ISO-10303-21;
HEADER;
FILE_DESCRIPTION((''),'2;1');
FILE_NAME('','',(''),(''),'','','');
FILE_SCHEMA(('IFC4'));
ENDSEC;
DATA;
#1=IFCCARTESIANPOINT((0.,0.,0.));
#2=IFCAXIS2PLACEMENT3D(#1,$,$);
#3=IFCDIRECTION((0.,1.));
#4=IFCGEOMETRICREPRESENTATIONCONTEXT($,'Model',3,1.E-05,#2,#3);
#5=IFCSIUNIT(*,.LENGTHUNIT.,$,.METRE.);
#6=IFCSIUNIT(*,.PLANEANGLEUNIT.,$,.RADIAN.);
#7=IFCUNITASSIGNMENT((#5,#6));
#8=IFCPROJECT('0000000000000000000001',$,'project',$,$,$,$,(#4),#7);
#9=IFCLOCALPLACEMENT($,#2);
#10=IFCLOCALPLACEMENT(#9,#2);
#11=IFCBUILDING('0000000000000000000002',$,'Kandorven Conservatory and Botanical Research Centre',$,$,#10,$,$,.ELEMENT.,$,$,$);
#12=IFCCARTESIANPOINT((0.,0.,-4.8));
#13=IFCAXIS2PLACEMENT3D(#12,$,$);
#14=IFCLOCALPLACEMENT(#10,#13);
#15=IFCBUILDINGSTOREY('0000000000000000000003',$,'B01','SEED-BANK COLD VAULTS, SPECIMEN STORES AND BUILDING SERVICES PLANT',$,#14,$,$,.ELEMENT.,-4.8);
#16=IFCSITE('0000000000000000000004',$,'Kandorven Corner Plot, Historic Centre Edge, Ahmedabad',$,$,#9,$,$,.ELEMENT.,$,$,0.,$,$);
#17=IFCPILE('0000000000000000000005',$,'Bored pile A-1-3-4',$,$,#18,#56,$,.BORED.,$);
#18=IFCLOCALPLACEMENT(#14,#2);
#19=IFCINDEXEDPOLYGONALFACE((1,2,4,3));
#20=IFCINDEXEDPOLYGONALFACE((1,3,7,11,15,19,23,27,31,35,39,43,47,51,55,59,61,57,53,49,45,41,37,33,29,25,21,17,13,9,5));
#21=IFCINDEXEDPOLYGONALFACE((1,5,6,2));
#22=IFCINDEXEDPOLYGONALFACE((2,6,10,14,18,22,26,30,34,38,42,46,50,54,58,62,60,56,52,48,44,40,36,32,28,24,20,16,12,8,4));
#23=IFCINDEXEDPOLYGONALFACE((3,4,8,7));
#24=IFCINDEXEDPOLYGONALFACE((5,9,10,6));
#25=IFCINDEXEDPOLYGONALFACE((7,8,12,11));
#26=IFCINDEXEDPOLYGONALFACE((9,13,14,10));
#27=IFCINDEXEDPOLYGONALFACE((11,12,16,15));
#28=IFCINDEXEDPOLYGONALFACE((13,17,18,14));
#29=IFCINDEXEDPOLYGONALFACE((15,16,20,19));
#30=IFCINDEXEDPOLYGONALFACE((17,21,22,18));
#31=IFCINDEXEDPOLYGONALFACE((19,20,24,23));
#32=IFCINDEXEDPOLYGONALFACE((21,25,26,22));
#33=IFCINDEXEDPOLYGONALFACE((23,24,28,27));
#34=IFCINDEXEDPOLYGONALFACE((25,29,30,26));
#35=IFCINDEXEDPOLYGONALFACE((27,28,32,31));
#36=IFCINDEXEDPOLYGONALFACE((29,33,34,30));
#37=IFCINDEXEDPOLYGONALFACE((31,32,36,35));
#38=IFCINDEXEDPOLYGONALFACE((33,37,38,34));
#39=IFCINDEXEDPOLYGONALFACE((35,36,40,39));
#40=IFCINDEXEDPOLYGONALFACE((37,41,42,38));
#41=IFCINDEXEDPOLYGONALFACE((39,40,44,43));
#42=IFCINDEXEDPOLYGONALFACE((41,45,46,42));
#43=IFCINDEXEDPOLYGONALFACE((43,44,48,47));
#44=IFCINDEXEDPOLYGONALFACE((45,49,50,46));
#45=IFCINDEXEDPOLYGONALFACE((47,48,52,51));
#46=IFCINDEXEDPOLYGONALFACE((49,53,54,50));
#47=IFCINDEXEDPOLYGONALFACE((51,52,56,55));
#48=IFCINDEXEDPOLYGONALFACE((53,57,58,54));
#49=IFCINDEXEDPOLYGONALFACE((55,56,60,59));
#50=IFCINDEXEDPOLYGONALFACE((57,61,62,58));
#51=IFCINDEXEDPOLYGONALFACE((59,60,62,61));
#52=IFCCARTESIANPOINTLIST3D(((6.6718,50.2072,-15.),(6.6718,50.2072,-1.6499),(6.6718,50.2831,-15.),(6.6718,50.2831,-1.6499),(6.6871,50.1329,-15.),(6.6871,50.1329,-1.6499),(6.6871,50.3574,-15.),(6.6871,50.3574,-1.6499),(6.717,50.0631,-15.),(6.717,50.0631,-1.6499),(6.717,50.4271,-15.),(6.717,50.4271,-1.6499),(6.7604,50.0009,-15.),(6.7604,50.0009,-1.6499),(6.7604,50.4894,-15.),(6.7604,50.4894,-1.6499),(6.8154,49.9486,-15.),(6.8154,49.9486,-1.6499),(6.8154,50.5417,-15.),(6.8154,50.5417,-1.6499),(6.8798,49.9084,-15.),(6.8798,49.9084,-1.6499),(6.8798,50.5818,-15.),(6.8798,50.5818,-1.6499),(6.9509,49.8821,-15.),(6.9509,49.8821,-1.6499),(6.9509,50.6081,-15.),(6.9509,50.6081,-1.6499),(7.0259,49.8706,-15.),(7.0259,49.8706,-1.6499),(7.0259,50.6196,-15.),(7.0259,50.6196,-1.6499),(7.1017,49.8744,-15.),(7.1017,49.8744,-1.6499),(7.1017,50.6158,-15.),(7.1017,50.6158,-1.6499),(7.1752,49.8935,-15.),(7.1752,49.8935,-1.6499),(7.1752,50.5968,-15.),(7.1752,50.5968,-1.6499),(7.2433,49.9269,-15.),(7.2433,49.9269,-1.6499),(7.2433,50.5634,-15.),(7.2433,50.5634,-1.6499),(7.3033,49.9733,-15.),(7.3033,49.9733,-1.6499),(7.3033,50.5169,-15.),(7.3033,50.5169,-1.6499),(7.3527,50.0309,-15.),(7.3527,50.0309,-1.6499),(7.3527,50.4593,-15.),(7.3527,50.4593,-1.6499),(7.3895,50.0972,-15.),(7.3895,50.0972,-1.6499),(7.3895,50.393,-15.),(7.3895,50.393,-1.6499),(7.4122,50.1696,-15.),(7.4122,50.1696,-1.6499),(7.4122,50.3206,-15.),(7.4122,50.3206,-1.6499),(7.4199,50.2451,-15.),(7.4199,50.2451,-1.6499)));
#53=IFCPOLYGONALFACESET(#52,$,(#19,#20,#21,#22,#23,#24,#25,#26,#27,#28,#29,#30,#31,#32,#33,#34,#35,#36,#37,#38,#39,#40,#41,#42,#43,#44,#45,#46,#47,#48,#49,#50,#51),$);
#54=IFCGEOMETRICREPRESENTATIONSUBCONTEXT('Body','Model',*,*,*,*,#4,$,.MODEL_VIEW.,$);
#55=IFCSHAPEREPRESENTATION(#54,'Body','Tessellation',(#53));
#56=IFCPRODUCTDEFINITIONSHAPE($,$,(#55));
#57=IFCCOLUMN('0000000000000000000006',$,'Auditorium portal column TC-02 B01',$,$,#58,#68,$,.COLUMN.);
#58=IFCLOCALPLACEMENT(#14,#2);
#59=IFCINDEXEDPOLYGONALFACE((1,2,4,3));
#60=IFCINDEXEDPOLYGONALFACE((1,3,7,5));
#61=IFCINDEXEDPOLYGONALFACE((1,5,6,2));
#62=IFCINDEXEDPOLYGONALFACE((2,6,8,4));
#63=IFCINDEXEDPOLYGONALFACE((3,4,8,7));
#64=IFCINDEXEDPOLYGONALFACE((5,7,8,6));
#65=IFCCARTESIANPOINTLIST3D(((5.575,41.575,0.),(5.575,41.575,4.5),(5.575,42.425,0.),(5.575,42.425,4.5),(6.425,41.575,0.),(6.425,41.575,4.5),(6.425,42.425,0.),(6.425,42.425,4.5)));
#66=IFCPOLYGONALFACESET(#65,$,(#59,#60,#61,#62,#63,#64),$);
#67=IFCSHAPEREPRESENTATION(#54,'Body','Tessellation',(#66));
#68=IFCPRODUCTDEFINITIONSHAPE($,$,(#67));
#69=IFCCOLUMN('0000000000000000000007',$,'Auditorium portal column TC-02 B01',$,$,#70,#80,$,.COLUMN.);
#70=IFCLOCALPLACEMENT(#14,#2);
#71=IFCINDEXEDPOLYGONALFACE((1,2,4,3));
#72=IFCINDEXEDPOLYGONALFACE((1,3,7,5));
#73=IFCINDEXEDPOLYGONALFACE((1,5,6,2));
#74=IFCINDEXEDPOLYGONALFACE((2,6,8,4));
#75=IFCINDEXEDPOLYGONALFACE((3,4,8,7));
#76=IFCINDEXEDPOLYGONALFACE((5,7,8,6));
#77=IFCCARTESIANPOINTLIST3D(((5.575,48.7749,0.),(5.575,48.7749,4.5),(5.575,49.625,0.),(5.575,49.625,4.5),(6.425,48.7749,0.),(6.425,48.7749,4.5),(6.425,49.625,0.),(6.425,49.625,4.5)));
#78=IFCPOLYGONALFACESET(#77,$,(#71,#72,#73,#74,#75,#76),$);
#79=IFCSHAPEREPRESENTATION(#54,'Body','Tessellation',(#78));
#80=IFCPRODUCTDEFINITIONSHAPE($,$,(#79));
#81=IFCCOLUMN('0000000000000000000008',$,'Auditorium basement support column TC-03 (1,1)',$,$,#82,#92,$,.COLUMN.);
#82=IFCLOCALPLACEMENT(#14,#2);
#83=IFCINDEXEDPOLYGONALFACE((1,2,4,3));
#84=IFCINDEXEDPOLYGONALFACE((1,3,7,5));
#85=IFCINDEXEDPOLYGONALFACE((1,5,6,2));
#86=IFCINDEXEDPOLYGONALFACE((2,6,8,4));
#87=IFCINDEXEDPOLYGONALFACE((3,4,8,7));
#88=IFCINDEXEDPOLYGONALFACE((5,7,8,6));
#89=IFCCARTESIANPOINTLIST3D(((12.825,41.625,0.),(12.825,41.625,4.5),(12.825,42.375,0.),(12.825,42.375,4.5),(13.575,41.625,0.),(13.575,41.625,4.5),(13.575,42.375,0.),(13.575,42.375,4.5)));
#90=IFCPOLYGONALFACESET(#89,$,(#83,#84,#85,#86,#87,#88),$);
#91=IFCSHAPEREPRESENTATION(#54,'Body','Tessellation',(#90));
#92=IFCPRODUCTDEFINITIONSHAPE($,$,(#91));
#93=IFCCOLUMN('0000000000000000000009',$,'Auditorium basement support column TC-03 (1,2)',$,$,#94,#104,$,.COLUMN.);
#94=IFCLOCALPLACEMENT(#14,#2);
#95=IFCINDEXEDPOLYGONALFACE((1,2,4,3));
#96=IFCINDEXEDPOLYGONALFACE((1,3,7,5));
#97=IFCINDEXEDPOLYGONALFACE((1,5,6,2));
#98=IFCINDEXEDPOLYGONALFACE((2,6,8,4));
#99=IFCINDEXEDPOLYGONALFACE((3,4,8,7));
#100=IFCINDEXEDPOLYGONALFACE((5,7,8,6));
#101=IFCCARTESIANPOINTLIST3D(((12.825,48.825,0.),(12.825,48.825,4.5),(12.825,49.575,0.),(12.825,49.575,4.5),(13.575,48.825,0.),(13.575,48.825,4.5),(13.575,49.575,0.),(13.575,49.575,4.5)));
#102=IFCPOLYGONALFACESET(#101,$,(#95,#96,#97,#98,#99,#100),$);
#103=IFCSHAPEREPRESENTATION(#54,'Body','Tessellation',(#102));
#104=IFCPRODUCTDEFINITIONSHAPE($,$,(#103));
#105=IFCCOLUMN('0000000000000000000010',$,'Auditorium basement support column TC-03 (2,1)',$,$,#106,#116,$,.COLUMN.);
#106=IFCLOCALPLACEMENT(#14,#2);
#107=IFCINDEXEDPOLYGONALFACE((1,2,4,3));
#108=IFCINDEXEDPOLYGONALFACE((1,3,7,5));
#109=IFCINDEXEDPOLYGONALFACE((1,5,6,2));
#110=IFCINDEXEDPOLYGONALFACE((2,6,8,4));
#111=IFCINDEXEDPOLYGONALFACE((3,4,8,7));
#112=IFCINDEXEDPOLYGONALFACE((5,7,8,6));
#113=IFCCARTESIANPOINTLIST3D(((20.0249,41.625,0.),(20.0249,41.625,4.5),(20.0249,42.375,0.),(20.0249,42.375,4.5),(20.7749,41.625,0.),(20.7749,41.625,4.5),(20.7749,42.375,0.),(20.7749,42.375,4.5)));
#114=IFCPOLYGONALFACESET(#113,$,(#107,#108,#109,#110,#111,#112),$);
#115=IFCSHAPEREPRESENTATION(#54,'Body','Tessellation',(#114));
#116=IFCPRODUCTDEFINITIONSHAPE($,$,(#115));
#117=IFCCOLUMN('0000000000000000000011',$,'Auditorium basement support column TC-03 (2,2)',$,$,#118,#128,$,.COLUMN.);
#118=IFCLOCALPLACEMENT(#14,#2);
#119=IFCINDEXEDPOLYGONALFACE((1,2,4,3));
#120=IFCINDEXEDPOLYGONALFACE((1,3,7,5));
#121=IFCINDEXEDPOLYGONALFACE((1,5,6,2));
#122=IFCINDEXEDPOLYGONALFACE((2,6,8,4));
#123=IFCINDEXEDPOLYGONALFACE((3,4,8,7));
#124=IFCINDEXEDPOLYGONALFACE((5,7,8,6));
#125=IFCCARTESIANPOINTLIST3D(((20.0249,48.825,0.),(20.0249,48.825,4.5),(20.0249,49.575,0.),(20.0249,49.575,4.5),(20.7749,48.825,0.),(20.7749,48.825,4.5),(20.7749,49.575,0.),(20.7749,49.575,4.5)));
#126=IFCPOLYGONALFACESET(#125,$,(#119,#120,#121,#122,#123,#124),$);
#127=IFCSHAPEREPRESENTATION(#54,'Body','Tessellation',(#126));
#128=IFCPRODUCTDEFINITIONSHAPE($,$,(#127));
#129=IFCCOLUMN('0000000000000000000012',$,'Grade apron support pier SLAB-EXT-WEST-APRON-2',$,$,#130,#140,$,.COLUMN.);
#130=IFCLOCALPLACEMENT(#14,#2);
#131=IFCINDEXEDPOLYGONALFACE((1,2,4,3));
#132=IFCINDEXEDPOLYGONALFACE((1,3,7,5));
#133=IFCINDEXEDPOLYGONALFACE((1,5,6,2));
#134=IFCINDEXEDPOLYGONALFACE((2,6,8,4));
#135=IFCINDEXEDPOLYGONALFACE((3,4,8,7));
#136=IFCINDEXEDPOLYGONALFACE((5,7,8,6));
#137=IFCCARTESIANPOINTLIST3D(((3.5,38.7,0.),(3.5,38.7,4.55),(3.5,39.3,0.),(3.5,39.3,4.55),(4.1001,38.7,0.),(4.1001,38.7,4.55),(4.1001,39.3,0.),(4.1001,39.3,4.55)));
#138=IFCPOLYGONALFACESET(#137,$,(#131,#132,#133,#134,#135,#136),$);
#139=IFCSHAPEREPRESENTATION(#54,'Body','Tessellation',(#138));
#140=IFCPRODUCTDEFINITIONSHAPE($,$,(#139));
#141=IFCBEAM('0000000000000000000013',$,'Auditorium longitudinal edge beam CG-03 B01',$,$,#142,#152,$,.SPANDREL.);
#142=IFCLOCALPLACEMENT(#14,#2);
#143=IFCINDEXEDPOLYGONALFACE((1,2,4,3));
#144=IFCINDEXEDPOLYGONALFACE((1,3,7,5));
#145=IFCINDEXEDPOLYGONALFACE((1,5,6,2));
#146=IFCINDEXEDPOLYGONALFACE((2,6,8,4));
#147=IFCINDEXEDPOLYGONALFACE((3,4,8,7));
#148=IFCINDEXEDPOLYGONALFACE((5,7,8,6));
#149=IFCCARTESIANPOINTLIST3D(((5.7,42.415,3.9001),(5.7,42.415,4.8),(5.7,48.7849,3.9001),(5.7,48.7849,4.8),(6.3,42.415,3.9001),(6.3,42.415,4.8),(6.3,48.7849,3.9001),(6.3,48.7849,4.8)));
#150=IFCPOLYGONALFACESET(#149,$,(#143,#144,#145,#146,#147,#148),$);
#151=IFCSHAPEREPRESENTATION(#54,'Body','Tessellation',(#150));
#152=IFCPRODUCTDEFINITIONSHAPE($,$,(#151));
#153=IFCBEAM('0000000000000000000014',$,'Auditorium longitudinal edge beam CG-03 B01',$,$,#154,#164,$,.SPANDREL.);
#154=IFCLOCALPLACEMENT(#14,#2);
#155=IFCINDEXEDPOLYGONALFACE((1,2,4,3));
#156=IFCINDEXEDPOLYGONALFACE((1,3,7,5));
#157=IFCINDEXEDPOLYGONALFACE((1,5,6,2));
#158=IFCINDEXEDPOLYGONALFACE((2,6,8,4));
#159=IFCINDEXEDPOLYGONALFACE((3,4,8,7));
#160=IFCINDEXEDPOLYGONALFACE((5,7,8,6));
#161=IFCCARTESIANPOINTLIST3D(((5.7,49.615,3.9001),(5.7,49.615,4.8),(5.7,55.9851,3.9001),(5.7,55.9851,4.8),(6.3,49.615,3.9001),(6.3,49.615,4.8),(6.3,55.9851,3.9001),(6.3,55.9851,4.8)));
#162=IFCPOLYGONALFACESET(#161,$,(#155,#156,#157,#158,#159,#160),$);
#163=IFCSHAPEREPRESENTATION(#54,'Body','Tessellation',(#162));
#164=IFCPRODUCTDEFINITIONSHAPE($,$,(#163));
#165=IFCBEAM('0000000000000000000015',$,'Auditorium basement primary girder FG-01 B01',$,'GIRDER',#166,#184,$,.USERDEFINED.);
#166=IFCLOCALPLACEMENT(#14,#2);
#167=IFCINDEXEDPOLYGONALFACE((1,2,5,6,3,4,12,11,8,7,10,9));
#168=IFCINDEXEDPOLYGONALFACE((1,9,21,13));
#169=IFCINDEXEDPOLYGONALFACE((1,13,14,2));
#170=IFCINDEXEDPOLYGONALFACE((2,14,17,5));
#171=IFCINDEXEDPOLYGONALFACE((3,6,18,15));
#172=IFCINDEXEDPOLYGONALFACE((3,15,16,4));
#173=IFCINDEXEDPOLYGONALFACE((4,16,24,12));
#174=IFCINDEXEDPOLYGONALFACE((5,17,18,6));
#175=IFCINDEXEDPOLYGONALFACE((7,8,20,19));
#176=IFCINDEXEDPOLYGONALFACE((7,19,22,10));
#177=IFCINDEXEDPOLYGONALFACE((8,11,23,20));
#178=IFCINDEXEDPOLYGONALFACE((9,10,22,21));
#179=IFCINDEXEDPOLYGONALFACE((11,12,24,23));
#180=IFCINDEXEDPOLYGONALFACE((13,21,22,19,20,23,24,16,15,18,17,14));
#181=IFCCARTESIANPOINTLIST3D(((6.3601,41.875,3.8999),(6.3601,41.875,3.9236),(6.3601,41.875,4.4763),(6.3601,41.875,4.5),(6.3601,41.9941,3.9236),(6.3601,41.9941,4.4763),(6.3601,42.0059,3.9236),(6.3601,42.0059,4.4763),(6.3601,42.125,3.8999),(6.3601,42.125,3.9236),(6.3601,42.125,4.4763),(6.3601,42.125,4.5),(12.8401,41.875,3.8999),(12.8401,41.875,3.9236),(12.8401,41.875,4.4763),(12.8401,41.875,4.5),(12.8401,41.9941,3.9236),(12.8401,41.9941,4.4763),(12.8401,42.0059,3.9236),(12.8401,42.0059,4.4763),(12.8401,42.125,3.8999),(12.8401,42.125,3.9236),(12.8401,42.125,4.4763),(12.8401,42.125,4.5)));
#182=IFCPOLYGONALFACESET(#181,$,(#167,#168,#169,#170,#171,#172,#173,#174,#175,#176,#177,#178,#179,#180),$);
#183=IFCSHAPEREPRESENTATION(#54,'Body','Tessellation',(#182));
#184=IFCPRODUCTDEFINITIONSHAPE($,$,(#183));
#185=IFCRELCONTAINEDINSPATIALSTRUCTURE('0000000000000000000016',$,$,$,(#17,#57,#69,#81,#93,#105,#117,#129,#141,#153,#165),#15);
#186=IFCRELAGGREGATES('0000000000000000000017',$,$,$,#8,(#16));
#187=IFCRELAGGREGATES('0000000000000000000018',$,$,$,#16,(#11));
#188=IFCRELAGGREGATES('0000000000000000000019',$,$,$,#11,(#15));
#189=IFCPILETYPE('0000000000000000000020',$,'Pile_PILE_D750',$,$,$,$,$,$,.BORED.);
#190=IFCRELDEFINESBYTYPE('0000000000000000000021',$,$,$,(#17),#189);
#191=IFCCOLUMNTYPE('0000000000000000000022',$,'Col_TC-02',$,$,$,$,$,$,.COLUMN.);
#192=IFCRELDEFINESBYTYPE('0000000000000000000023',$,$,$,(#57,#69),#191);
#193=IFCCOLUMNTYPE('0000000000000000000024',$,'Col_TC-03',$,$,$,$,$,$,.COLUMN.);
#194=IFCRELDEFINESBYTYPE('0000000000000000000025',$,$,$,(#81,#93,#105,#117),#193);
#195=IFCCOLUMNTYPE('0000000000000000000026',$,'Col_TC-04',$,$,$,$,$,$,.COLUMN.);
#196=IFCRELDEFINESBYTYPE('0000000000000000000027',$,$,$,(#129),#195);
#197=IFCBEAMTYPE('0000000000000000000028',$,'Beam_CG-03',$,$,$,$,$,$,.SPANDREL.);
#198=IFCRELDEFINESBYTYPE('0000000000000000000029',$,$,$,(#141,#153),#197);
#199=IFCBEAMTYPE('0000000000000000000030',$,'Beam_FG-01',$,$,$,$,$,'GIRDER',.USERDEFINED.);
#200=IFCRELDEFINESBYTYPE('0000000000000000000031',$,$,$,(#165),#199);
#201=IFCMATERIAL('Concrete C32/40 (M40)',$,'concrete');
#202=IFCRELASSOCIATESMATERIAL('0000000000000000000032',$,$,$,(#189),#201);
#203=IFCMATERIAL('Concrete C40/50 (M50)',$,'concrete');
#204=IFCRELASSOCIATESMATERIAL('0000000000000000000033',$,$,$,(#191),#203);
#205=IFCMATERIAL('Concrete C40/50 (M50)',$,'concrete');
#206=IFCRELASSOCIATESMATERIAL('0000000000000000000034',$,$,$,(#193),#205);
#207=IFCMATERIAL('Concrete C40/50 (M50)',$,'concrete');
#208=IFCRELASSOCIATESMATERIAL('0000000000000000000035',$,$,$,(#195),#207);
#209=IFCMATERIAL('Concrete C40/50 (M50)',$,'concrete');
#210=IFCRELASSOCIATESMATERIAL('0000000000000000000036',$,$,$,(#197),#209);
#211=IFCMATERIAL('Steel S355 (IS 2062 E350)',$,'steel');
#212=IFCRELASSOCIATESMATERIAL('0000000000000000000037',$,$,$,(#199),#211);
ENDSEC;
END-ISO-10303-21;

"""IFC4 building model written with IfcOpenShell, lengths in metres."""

from ifc_helpers import new_model, si_unit, direction, frame, origin, origin_2d, place, context, subcontext, project, spatial, rectangle, circle, i_section, extrude, material, material_profile, profile_set, type_object, element, save


model = new_model("IFC4")

# Units and contexts
model_context = context("Model", 3, precision=1e-05, world=origin(), true_north=direction((0.0, 1.0)))
body_context = subcontext(model_context, "Body", "Model", "MODEL_VIEW")
ifc_project = project(units=[si_unit("LENGTHUNIT", "METRE"), si_unit("PLANEANGLEUNIT", "RADIAN")], contexts=[model_context])

# Site, building, storey
site_placement = place(None, origin())
site = spatial("IfcSite", under=ifc_project, at=site_placement, Name="Kandorven Corner Plot, Historic Centre Edge, Ahmedabad", CompositionType="ELEMENT", RefElevation=0.0)
building_placement = place(site_placement, origin())
building = spatial("IfcBuilding", under=site, at=building_placement, Name="Kandorven Conservatory and Botanical Research Centre", CompositionType="ELEMENT")
storey_placement = place(building_placement, frame((0.0, 0.0, -4.8)))
storey = spatial("IfcBuildingStorey", under=building, at=storey_placement, Name="B01", Description="SEED-BANK COLD VAULTS, SPECIMEN STORES AND BUILDING SERVICES PLANT", CompositionType="ELEMENT", Elevation=-4.8)

# Pile
ifc_material_1 = material(Name="Concrete C32/40 (M40)", Category="concrete")
ifc_material_profile_1 = material_profile(ifc_material_1, circle(Radius=0.375, at=origin_2d()))
ifc_profile_set_1 = profile_set([ifc_material_profile_1], Name="Concrete C32/40 (M40)")
pile_type = type_object("IfcPileType", Name="Pile_PILE_D750", PredefinedType="BORED", material=ifc_profile_set_1)
for number, where, z_axis, x_axis, name in (
    (1, (7.0449, 50.2451, -1.6499), (0.0, 0.0, -1.0), (1.0, 0.0, 0.0), "Bored pile A-1-3-4"),
):
    element("IfcPile", number, at=place(storey_placement, frame(where, z_axis=z_axis, x_axis=x_axis)), inside=storey, type_object=pile_type, Name=name, PredefinedType="BORED", context=body_context, shape_type="SweptSolid", body=[
        extrude(circle(Radius=0.375, at=origin_2d()), origin(), (0.0, 0.0, 1.0), 13.3501),
    ])

# Columns
ifc_material_2 = material(Name="Concrete C40/50 (M50)", Category="concrete")
ifc_material_profile_2 = material_profile(ifc_material_2, rectangle(XDim=0.8501, YDim=0.8501, at=origin_2d()))
ifc_profile_set_2 = profile_set([ifc_material_profile_2], Name="Concrete C40/50 (M50)")
column_type_1 = type_object("IfcColumnType", Name="Col_TC-02", PredefinedType="COLUMN", material=ifc_profile_set_2)
for number, where, z_axis, x_axis, name in (
    (2, (6.0, 42.0, 0.0), (0.0, 0.0, 1.0), (1.0, 0.0, 0.0), "Auditorium portal column TC-02 B01"),
    (3, (6.0, 49.2, 0.0), (0.0, 0.0, 1.0), (1.0, 0.0, 0.0), "Auditorium portal column TC-02 B01"),
):
    element("IfcColumn", number, at=place(storey_placement, frame(where, z_axis=z_axis, x_axis=x_axis)), inside=storey, type_object=column_type_1, Name=name, PredefinedType="COLUMN", context=body_context, shape_type="SweptSolid", body=[
        extrude(rectangle(XDim=0.8501, YDim=0.8501, at=origin_2d()), origin(), (0.0, 0.0, 1.0), 4.5),
    ])
ifc_material_3 = material(Name="Concrete C40/50 (M50)", Category="concrete")
ifc_material_profile_3 = material_profile(ifc_material_3, rectangle(XDim=0.75, YDim=0.75, at=origin_2d()))
ifc_profile_set_3 = profile_set([ifc_material_profile_3], Name="Concrete C40/50 (M50)")
column_type_2 = type_object("IfcColumnType", Name="Col_TC-03", PredefinedType="COLUMN", material=ifc_profile_set_3)
for number, where, z_axis, x_axis, name in (
    (4, (13.2, 42.0, 0.0), (0.0, 0.0, 1.0), (1.0, 0.0, 0.0), "Auditorium basement support column TC-03 (1,1)"),
    (5, (13.2, 49.2, 0.0), (0.0, 0.0, 1.0), (1.0, 0.0, 0.0), "Auditorium basement support column TC-03 (1,2)"),
    (6, (20.3999, 42.0, 0.0), (0.0, 0.0, 1.0), (1.0, 0.0, 0.0), "Auditorium basement support column TC-03 (2,1)"),
    (7, (20.3999, 49.2, 0.0), (0.0, 0.0, 1.0), (1.0, 0.0, 0.0), "Auditorium basement support column TC-03 (2,2)"),
):
    element("IfcColumn", number, at=place(storey_placement, frame(where, z_axis=z_axis, x_axis=x_axis)), inside=storey, type_object=column_type_2, Name=name, PredefinedType="COLUMN", context=body_context, shape_type="SweptSolid", body=[
        extrude(rectangle(XDim=0.75, YDim=0.75, at=origin_2d()), origin(), (0.0, 0.0, 1.0), 4.5),
    ])
ifc_material_4 = material(Name="Concrete C40/50 (M50)", Category="concrete")
ifc_material_profile_4 = material_profile(ifc_material_4, rectangle(XDim=0.6001, YDim=0.6001, at=origin_2d()))
ifc_profile_set_4 = profile_set([ifc_material_profile_4], Name="Concrete C40/50 (M50)")
column_type_3 = type_object("IfcColumnType", Name="Col_TC-04", PredefinedType="COLUMN", material=ifc_profile_set_4)
column_placement = place(storey_placement, frame((3.8, 39.0, 0.0), z_axis=(0.0, 0.0, 1.0), x_axis=(1.0, 0.0, 0.0)))
element("IfcColumn", 8, at=column_placement, inside=storey, type_object=column_type_3, Name="Grade apron support pier SLAB-EXT-WEST-APRON-2", PredefinedType="COLUMN", context=body_context, shape_type="SweptSolid", body=[
    extrude(rectangle(XDim=0.6001, YDim=0.6001, at=origin_2d()), origin(), (0.0, 0.0, 1.0), 4.55),
])

# Beams
ifc_material_5 = material(Name="Concrete C40/50 (M50)", Category="concrete")
ifc_material_profile_5 = material_profile(ifc_material_5, rectangle(XDim=0.6001, YDim=0.8999, at=origin_2d()))
ifc_profile_set_5 = profile_set([ifc_material_profile_5], Name="Concrete C40/50 (M50)")
beam_type_1 = type_object("IfcBeamType", Name="Beam_CG-03", PredefinedType="SPANDREL", material=ifc_profile_set_5)
beam_1_placement = place(storey_placement, frame((6.0, 42.415, 4.3501), z_axis=(0.0, 1.0, 0.0), x_axis=(-1.0, 0.0, 0.0)))
element("IfcBeam", 9, at=beam_1_placement, inside=storey, type_object=beam_type_1, Name="Auditorium longitudinal edge beam CG-03 B01", PredefinedType="SPANDREL", context=body_context, shape_type="SweptSolid", body=[
    extrude(rectangle(XDim=0.6001, YDim=0.8999, at=origin_2d()), origin(), (0.0, 0.0, 1.0), 6.3699),
])
beam_2_placement = place(storey_placement, frame((6.0, 49.615, 4.3501), z_axis=(0.0, 1.0, 0.0), x_axis=(-1.0, 0.0, 0.0)))
element("IfcBeam", 10, at=beam_2_placement, inside=storey, type_object=beam_type_1, Name="Auditorium longitudinal edge beam CG-03 B01", PredefinedType="SPANDREL", context=body_context, shape_type="SweptSolid", body=[
    extrude(rectangle(XDim=0.6001, YDim=0.8999, at=origin_2d()), origin(), (0.0, 0.0, 1.0), 6.3701),
])
ifc_material_6 = material(Name="Steel S355 (IS 2062 E350)", Category="steel")
ifc_material_profile_6 = material_profile(ifc_material_6, i_section(OverallWidth=0.25, OverallDepth=0.6001, WebThickness=0.0117, FlangeThickness=0.0237, at=origin_2d()))
ifc_profile_set_6 = profile_set([ifc_material_profile_6], Name="Steel S355 (IS 2062 E350)")
beam_type_2 = type_object("IfcBeamType", Name="Beam_FG-01", ElementType="GIRDER", PredefinedType="USERDEFINED", material=ifc_profile_set_6)
for number, where, z_axis, x_axis, name in (
    (11, (6.3601, 42.0, 4.2), (1.0, 0.0, 0.0), (0.0, 1.0, 0.0), "Auditorium basement primary girder FG-01 B01"),
):
    element("IfcBeam", number, at=place(storey_placement, frame(where, z_axis=z_axis, x_axis=x_axis)), inside=storey, type_object=beam_type_2, Name=name, ObjectType="GIRDER", PredefinedType="USERDEFINED", context=body_context, shape_type="SweptSolid", body=[
        extrude(i_section(OverallWidth=0.25, OverallDepth=0.6001, WebThickness=0.0117, FlangeThickness=0.0237, at=origin_2d()), origin(), (0.0, 0.0, 1.0), 6.48),
    ])

save(model, "model.ifc")
